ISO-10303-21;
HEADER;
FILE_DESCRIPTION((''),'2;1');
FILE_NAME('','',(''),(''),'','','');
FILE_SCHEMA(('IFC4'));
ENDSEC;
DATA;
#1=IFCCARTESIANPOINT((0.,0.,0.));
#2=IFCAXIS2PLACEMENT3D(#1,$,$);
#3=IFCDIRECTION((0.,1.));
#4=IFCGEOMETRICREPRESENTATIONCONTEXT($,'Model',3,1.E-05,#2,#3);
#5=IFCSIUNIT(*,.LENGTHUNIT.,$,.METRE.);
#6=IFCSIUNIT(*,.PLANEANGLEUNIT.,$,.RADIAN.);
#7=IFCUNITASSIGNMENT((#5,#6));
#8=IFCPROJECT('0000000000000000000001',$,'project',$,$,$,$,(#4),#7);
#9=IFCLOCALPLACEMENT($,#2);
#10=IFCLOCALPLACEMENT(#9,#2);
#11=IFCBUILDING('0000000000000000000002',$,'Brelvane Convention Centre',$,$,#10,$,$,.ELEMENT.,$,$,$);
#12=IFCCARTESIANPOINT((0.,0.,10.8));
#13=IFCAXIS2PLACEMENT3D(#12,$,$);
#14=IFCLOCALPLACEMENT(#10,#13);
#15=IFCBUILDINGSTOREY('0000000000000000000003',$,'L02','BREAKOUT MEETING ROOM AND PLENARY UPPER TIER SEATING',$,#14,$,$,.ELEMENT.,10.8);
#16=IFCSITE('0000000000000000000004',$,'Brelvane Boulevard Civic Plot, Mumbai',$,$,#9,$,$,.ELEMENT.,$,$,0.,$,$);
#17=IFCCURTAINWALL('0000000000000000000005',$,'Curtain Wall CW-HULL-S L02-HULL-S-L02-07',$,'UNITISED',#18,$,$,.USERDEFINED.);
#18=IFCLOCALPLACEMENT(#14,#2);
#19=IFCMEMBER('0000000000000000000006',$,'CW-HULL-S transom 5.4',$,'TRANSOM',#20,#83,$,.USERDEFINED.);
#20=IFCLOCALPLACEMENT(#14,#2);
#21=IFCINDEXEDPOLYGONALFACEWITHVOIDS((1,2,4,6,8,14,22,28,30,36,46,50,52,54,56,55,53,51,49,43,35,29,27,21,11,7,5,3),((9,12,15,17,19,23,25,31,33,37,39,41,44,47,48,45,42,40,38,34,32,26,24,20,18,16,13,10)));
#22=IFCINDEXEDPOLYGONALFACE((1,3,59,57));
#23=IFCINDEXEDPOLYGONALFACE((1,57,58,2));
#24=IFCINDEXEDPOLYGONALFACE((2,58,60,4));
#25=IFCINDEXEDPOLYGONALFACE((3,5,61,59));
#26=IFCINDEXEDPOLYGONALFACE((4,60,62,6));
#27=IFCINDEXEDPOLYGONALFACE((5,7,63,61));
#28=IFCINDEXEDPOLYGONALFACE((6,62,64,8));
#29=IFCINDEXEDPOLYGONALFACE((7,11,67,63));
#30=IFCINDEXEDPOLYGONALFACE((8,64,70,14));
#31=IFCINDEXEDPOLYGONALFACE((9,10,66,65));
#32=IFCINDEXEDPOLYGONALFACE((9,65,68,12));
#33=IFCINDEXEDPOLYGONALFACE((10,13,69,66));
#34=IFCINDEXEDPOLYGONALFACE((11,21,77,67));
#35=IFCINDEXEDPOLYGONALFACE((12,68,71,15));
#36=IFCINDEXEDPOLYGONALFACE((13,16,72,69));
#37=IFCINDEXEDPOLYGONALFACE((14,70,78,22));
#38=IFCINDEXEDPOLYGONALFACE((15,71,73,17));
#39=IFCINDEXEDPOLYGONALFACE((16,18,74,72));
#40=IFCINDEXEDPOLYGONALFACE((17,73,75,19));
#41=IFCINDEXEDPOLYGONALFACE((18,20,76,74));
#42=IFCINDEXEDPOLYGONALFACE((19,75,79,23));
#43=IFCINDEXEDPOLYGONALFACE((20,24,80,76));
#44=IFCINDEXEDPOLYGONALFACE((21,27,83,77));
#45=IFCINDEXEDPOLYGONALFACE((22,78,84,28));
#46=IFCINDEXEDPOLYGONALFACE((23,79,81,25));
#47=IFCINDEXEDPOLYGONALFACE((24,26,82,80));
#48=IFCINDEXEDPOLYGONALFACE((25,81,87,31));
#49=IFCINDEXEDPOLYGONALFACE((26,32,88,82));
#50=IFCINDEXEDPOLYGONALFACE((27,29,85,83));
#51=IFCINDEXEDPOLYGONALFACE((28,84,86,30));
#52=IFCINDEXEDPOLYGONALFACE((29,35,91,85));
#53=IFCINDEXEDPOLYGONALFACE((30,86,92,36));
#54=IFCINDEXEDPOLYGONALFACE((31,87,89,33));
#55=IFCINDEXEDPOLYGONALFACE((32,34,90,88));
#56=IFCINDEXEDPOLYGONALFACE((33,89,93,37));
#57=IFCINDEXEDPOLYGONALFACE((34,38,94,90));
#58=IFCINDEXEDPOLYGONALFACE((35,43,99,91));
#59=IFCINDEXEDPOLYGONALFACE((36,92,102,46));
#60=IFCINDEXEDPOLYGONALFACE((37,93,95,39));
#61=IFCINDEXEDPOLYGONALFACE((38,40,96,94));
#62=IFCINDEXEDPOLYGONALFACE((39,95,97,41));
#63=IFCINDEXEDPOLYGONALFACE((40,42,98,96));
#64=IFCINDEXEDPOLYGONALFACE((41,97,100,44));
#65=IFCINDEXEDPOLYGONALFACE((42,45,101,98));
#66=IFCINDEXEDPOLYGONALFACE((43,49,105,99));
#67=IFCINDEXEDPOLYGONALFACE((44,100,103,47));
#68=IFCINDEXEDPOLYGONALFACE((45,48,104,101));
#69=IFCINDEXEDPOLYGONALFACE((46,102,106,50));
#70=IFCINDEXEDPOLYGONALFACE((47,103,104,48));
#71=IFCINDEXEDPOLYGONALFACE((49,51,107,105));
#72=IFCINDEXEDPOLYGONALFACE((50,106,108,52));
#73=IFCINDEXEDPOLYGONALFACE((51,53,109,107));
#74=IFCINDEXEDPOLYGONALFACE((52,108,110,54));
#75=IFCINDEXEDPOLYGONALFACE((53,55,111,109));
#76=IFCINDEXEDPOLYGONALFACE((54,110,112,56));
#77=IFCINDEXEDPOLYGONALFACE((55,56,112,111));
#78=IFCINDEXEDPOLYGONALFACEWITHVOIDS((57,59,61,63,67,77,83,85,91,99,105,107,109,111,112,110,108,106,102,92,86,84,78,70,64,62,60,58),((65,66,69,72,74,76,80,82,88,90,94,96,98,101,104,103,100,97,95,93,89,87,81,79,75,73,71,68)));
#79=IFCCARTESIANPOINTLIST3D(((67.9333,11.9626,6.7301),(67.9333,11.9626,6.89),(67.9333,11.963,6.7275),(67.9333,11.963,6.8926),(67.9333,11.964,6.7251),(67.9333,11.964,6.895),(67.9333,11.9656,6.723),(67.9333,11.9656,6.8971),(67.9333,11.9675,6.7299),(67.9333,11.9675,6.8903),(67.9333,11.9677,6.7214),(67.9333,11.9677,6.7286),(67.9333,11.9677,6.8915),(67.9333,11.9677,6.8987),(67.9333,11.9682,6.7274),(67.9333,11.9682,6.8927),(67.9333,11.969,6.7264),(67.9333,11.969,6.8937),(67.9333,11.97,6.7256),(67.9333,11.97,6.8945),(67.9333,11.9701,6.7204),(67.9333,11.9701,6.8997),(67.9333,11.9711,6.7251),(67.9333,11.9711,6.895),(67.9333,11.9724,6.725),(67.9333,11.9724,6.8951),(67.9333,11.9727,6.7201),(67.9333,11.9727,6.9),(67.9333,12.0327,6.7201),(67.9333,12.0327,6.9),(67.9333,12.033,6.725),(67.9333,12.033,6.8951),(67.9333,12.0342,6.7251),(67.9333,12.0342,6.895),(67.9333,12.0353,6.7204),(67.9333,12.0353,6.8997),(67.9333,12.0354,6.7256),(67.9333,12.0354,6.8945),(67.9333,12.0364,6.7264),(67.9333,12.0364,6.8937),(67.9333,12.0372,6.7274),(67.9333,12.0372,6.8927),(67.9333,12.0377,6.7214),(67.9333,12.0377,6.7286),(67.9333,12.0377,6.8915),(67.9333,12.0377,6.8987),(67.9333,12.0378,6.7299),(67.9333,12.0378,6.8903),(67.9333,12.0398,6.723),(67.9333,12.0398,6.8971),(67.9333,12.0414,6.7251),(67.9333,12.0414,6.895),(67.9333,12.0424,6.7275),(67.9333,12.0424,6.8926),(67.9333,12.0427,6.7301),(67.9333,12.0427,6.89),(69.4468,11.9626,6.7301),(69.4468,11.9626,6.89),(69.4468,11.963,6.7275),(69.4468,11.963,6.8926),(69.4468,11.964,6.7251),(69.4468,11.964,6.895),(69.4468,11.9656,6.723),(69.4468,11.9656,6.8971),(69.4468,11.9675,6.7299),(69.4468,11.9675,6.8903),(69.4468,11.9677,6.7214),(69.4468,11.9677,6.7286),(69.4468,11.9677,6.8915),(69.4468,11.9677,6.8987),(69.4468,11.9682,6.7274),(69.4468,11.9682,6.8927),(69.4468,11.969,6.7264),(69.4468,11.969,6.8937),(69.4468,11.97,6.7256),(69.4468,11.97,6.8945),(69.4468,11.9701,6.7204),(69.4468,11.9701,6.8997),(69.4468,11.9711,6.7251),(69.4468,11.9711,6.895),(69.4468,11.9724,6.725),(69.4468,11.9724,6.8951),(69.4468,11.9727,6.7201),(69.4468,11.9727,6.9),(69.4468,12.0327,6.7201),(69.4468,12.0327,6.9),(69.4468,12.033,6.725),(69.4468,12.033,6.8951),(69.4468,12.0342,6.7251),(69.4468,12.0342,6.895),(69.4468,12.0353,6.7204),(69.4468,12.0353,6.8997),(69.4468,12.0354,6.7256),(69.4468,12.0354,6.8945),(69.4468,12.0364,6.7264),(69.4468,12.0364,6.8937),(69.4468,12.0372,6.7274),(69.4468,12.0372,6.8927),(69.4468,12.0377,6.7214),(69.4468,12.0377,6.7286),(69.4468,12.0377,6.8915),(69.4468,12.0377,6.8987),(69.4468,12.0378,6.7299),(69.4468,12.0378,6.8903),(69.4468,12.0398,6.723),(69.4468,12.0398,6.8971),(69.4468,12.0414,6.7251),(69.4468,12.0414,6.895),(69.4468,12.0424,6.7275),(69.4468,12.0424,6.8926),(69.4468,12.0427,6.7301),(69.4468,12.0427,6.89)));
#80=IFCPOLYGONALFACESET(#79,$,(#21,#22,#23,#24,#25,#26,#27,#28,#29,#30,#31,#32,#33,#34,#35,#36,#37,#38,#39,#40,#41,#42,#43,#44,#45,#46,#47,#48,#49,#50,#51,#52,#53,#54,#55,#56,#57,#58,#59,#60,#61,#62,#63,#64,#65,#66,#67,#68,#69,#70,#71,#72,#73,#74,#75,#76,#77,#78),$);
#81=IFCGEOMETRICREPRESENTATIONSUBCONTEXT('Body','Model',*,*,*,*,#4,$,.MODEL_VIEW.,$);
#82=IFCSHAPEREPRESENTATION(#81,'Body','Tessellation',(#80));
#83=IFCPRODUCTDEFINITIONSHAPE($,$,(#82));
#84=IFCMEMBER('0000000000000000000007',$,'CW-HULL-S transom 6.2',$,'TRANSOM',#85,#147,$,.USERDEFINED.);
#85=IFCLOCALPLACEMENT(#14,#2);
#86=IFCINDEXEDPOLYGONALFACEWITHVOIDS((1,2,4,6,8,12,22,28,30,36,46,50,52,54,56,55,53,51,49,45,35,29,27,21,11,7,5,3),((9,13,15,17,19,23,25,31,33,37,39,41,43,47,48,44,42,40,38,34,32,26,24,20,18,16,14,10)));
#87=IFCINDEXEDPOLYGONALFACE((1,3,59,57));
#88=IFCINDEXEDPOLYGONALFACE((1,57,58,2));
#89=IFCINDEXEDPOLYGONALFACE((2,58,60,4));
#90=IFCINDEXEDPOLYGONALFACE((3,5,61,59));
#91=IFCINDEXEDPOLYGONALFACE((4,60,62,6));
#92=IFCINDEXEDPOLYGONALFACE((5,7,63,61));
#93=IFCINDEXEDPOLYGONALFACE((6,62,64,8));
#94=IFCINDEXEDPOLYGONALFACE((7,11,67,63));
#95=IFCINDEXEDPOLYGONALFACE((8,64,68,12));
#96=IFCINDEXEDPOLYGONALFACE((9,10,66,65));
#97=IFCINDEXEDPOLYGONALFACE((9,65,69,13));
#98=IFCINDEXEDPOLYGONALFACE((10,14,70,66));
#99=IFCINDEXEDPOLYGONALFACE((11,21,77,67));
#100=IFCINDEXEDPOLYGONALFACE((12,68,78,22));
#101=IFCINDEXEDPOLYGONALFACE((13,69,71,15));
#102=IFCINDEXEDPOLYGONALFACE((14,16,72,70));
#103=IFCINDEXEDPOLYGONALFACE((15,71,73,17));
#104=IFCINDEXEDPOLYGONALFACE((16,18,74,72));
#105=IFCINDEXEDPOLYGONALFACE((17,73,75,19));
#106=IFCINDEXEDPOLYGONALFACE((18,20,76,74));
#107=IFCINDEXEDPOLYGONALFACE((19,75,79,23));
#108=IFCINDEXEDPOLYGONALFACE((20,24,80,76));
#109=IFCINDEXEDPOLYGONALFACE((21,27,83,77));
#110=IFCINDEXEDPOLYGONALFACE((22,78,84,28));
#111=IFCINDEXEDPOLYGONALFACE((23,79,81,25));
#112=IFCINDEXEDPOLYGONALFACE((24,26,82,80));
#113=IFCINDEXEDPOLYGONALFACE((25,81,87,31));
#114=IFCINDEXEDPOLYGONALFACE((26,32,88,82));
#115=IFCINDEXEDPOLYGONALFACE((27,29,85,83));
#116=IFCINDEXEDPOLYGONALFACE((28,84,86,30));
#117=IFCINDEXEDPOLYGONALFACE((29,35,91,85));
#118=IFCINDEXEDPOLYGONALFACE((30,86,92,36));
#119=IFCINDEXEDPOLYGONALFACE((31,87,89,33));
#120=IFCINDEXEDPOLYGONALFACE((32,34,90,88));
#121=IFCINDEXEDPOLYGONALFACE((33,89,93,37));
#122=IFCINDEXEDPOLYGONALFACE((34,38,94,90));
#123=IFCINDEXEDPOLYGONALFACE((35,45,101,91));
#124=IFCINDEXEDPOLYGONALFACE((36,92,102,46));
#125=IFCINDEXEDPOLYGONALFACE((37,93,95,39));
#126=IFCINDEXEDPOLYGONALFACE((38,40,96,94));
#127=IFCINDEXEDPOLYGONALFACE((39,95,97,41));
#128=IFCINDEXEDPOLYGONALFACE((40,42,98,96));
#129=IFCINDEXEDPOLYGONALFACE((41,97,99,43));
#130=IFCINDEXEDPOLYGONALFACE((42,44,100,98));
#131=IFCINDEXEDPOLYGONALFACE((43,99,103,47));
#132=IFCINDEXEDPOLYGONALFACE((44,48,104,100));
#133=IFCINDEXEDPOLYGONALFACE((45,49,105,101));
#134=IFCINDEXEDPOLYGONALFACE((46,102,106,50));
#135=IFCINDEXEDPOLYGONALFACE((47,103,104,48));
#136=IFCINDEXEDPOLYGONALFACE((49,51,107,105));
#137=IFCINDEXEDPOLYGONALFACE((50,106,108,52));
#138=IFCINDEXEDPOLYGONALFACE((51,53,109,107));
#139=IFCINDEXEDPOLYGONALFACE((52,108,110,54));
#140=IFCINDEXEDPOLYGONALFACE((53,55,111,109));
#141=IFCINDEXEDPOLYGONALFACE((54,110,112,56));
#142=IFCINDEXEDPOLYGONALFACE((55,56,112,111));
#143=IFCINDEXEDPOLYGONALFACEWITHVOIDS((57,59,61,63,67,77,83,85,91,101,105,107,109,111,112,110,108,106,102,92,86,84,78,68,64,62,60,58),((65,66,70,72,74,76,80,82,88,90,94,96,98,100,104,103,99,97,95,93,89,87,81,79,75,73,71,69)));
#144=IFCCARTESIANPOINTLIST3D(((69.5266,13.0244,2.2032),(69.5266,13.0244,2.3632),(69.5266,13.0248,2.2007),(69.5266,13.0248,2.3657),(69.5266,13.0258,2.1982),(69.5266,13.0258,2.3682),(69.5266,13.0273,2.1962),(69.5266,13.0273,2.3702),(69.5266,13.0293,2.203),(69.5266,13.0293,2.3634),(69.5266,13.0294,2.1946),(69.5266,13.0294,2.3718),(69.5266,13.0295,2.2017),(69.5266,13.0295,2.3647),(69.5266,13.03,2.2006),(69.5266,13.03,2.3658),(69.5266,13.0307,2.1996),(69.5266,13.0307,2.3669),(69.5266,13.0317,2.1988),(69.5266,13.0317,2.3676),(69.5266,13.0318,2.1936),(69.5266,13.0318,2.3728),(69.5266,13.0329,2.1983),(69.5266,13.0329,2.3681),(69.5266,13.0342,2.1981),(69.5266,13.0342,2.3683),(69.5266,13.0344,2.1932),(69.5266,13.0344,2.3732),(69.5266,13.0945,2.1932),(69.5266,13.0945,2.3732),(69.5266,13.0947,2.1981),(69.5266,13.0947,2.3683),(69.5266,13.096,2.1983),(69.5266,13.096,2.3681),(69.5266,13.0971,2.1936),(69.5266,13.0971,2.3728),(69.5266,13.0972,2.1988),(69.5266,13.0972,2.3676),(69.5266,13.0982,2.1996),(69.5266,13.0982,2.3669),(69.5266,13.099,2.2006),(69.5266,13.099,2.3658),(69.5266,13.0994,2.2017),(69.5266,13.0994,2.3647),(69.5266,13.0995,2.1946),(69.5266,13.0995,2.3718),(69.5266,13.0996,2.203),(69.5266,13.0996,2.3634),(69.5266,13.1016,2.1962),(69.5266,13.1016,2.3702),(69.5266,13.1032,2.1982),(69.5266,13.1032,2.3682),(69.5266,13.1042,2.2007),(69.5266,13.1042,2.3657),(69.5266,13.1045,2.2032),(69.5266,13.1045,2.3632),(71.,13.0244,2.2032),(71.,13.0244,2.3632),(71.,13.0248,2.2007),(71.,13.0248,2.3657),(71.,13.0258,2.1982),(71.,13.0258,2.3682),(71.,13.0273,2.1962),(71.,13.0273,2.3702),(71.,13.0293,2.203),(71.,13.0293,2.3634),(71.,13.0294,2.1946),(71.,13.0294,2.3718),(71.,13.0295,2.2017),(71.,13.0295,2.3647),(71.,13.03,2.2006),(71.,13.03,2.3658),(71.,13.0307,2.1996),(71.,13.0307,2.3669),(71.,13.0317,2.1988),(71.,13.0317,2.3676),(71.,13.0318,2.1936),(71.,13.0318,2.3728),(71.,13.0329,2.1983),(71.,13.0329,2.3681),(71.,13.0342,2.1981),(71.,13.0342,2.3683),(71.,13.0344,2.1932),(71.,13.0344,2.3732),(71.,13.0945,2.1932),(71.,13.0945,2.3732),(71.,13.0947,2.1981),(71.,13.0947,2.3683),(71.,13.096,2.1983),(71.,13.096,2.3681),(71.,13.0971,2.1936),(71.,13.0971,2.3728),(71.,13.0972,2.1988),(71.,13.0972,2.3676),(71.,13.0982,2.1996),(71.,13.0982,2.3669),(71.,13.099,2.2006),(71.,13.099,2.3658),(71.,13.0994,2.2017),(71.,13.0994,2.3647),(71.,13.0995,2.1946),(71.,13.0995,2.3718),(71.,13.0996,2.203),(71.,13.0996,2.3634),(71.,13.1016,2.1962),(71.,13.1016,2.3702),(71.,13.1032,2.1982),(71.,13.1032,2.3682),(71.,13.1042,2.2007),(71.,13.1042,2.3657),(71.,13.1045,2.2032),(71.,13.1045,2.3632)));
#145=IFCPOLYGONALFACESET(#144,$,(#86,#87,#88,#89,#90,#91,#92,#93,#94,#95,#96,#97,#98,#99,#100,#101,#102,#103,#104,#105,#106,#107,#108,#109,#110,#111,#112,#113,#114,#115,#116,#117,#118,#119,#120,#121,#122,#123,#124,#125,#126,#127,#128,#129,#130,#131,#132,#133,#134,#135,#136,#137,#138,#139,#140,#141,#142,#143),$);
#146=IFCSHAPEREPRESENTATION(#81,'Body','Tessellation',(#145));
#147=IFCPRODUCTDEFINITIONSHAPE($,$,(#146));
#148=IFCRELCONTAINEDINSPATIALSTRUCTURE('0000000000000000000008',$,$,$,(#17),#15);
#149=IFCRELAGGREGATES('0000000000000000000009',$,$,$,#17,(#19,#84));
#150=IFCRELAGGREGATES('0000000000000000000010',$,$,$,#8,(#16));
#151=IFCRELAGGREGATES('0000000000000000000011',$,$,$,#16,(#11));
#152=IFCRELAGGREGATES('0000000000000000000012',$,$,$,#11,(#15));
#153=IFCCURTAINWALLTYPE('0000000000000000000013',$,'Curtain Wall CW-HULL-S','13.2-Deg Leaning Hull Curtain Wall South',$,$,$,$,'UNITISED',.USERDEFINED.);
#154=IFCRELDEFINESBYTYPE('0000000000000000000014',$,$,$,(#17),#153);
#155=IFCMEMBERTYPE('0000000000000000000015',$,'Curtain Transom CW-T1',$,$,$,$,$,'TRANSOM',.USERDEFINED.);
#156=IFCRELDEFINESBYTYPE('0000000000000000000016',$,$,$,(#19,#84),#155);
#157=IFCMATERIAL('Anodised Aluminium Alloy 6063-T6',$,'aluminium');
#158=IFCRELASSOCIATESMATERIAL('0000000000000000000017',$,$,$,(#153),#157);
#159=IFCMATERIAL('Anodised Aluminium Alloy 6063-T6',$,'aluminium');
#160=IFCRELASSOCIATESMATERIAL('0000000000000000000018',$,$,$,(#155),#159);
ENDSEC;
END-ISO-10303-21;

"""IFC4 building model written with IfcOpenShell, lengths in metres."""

from ifc_helpers import new_model, si_unit, direction, frame, origin, origin_2d, place, context, subcontext, project, spatial, hollow_rectangle, extrude, material, material_profile, profile_set, type_object, element, aggregate, save


model = new_model("IFC4")

# Units and contexts
model_context = context("Model", 3, precision=1e-05, world=origin(), true_north=direction((0.0, 1.0)))
body_context = subcontext(model_context, "Body", "Model", "MODEL_VIEW")
ifc_project = project(units=[si_unit("LENGTHUNIT", "METRE"), si_unit("PLANEANGLEUNIT", "RADIAN")], contexts=[model_context])

# Site, building, storey
site_placement = place(None, origin())
site = spatial("IfcSite", under=ifc_project, at=site_placement, Name="Brelvane Boulevard Civic Plot, Mumbai", CompositionType="ELEMENT", RefElevation=0.0)
building_placement = place(site_placement, origin())
building = spatial("IfcBuilding", under=site, at=building_placement, Name="Brelvane Convention Centre", CompositionType="ELEMENT")
storey_placement = place(building_placement, frame((0.0, 0.0, 10.8)))
storey = spatial("IfcBuildingStorey", under=building, at=storey_placement, Name="L02", Description="BREAKOUT MEETING ROOM AND PLENARY UPPER TIER SEATING", CompositionType="ELEMENT", Elevation=10.8)

# Curtain wall, members
ifc_material_1 = material(Name="Anodised Aluminium Alloy 6063-T6", Category="aluminium")
curtain_wall_type = type_object("IfcCurtainWallType", Name="Curtain Wall CW-HULL-S", Description="13.2-Deg Leaning Hull Curtain Wall South", ElementType="UNITISED", PredefinedType="USERDEFINED", material=ifc_material_1)
curtain_wall_1_placement = place(storey_placement, origin())
curtain_wall_1 = element("IfcCurtainWall", 1, at=curtain_wall_1_placement, inside=storey, type_object=curtain_wall_type, Name="Curtain Wall CW-HULL-S L02-HULL-S-L02-07", ObjectType="UNITISED", PredefinedType="USERDEFINED")
ifc_material_2 = material(Name="Anodised Aluminium Alloy 6063-T6", Category="aluminium")
ifc_material_profile = material_profile(ifc_material_2, hollow_rectangle(XDim=0.0801, YDim=0.1799, WallThickness=0.0049, InnerFilletRadius=0.0049, OuterFilletRadius=0.01, at=origin_2d()), Name="ALU-T 180x80x5.0")
ifc_profile_set = profile_set([ifc_material_profile], Name="Anodised Aluminium Alloy 6063-T6")
member_type = type_object("IfcMemberType", Name="Curtain Transom CW-T1", ElementType="TRANSOM", PredefinedType="USERDEFINED", material=ifc_profile_set)
member_1_placement = place(storey_placement, frame((67.9333, 12.0027, 6.8101), z_axis=(1.0, 0.0, 0.0), x_axis=(0.0, 1.0, 0.0)))
member_1 = element("IfcMember", 2, at=member_1_placement, type_object=member_type, Name="CW-HULL-S transom 5.4", ObjectType="TRANSOM", PredefinedType="USERDEFINED", context=body_context, shape_type="SweptSolid", body=[
    extrude(hollow_rectangle(XDim=0.0801, YDim=0.1799, WallThickness=0.0049, InnerFilletRadius=0.0049, OuterFilletRadius=0.01, at=origin_2d()), origin(), (0.0, 0.0, 1.0), 1.5134),
])
member_2_placement = place(storey_placement, frame((69.5266, 13.0645, 2.2832), z_axis=(1.0, 0.0, 0.0), x_axis=(0.0, 1.0, 0.0)))
member_2 = element("IfcMember", 3, at=member_2_placement, type_object=member_type, Name="CW-HULL-S transom 6.2", ObjectType="TRANSOM", PredefinedType="USERDEFINED", context=body_context, shape_type="SweptSolid", body=[
    extrude(hollow_rectangle(XDim=0.0801, YDim=0.1799, WallThickness=0.0049, InnerFilletRadius=0.0049, OuterFilletRadius=0.01, at=origin_2d()), origin(), (0.0, 0.0, 1.0), 1.4734),
])

aggregate(curtain_wall_1, [member_1, member_2])

save(model, "model.ifc")
